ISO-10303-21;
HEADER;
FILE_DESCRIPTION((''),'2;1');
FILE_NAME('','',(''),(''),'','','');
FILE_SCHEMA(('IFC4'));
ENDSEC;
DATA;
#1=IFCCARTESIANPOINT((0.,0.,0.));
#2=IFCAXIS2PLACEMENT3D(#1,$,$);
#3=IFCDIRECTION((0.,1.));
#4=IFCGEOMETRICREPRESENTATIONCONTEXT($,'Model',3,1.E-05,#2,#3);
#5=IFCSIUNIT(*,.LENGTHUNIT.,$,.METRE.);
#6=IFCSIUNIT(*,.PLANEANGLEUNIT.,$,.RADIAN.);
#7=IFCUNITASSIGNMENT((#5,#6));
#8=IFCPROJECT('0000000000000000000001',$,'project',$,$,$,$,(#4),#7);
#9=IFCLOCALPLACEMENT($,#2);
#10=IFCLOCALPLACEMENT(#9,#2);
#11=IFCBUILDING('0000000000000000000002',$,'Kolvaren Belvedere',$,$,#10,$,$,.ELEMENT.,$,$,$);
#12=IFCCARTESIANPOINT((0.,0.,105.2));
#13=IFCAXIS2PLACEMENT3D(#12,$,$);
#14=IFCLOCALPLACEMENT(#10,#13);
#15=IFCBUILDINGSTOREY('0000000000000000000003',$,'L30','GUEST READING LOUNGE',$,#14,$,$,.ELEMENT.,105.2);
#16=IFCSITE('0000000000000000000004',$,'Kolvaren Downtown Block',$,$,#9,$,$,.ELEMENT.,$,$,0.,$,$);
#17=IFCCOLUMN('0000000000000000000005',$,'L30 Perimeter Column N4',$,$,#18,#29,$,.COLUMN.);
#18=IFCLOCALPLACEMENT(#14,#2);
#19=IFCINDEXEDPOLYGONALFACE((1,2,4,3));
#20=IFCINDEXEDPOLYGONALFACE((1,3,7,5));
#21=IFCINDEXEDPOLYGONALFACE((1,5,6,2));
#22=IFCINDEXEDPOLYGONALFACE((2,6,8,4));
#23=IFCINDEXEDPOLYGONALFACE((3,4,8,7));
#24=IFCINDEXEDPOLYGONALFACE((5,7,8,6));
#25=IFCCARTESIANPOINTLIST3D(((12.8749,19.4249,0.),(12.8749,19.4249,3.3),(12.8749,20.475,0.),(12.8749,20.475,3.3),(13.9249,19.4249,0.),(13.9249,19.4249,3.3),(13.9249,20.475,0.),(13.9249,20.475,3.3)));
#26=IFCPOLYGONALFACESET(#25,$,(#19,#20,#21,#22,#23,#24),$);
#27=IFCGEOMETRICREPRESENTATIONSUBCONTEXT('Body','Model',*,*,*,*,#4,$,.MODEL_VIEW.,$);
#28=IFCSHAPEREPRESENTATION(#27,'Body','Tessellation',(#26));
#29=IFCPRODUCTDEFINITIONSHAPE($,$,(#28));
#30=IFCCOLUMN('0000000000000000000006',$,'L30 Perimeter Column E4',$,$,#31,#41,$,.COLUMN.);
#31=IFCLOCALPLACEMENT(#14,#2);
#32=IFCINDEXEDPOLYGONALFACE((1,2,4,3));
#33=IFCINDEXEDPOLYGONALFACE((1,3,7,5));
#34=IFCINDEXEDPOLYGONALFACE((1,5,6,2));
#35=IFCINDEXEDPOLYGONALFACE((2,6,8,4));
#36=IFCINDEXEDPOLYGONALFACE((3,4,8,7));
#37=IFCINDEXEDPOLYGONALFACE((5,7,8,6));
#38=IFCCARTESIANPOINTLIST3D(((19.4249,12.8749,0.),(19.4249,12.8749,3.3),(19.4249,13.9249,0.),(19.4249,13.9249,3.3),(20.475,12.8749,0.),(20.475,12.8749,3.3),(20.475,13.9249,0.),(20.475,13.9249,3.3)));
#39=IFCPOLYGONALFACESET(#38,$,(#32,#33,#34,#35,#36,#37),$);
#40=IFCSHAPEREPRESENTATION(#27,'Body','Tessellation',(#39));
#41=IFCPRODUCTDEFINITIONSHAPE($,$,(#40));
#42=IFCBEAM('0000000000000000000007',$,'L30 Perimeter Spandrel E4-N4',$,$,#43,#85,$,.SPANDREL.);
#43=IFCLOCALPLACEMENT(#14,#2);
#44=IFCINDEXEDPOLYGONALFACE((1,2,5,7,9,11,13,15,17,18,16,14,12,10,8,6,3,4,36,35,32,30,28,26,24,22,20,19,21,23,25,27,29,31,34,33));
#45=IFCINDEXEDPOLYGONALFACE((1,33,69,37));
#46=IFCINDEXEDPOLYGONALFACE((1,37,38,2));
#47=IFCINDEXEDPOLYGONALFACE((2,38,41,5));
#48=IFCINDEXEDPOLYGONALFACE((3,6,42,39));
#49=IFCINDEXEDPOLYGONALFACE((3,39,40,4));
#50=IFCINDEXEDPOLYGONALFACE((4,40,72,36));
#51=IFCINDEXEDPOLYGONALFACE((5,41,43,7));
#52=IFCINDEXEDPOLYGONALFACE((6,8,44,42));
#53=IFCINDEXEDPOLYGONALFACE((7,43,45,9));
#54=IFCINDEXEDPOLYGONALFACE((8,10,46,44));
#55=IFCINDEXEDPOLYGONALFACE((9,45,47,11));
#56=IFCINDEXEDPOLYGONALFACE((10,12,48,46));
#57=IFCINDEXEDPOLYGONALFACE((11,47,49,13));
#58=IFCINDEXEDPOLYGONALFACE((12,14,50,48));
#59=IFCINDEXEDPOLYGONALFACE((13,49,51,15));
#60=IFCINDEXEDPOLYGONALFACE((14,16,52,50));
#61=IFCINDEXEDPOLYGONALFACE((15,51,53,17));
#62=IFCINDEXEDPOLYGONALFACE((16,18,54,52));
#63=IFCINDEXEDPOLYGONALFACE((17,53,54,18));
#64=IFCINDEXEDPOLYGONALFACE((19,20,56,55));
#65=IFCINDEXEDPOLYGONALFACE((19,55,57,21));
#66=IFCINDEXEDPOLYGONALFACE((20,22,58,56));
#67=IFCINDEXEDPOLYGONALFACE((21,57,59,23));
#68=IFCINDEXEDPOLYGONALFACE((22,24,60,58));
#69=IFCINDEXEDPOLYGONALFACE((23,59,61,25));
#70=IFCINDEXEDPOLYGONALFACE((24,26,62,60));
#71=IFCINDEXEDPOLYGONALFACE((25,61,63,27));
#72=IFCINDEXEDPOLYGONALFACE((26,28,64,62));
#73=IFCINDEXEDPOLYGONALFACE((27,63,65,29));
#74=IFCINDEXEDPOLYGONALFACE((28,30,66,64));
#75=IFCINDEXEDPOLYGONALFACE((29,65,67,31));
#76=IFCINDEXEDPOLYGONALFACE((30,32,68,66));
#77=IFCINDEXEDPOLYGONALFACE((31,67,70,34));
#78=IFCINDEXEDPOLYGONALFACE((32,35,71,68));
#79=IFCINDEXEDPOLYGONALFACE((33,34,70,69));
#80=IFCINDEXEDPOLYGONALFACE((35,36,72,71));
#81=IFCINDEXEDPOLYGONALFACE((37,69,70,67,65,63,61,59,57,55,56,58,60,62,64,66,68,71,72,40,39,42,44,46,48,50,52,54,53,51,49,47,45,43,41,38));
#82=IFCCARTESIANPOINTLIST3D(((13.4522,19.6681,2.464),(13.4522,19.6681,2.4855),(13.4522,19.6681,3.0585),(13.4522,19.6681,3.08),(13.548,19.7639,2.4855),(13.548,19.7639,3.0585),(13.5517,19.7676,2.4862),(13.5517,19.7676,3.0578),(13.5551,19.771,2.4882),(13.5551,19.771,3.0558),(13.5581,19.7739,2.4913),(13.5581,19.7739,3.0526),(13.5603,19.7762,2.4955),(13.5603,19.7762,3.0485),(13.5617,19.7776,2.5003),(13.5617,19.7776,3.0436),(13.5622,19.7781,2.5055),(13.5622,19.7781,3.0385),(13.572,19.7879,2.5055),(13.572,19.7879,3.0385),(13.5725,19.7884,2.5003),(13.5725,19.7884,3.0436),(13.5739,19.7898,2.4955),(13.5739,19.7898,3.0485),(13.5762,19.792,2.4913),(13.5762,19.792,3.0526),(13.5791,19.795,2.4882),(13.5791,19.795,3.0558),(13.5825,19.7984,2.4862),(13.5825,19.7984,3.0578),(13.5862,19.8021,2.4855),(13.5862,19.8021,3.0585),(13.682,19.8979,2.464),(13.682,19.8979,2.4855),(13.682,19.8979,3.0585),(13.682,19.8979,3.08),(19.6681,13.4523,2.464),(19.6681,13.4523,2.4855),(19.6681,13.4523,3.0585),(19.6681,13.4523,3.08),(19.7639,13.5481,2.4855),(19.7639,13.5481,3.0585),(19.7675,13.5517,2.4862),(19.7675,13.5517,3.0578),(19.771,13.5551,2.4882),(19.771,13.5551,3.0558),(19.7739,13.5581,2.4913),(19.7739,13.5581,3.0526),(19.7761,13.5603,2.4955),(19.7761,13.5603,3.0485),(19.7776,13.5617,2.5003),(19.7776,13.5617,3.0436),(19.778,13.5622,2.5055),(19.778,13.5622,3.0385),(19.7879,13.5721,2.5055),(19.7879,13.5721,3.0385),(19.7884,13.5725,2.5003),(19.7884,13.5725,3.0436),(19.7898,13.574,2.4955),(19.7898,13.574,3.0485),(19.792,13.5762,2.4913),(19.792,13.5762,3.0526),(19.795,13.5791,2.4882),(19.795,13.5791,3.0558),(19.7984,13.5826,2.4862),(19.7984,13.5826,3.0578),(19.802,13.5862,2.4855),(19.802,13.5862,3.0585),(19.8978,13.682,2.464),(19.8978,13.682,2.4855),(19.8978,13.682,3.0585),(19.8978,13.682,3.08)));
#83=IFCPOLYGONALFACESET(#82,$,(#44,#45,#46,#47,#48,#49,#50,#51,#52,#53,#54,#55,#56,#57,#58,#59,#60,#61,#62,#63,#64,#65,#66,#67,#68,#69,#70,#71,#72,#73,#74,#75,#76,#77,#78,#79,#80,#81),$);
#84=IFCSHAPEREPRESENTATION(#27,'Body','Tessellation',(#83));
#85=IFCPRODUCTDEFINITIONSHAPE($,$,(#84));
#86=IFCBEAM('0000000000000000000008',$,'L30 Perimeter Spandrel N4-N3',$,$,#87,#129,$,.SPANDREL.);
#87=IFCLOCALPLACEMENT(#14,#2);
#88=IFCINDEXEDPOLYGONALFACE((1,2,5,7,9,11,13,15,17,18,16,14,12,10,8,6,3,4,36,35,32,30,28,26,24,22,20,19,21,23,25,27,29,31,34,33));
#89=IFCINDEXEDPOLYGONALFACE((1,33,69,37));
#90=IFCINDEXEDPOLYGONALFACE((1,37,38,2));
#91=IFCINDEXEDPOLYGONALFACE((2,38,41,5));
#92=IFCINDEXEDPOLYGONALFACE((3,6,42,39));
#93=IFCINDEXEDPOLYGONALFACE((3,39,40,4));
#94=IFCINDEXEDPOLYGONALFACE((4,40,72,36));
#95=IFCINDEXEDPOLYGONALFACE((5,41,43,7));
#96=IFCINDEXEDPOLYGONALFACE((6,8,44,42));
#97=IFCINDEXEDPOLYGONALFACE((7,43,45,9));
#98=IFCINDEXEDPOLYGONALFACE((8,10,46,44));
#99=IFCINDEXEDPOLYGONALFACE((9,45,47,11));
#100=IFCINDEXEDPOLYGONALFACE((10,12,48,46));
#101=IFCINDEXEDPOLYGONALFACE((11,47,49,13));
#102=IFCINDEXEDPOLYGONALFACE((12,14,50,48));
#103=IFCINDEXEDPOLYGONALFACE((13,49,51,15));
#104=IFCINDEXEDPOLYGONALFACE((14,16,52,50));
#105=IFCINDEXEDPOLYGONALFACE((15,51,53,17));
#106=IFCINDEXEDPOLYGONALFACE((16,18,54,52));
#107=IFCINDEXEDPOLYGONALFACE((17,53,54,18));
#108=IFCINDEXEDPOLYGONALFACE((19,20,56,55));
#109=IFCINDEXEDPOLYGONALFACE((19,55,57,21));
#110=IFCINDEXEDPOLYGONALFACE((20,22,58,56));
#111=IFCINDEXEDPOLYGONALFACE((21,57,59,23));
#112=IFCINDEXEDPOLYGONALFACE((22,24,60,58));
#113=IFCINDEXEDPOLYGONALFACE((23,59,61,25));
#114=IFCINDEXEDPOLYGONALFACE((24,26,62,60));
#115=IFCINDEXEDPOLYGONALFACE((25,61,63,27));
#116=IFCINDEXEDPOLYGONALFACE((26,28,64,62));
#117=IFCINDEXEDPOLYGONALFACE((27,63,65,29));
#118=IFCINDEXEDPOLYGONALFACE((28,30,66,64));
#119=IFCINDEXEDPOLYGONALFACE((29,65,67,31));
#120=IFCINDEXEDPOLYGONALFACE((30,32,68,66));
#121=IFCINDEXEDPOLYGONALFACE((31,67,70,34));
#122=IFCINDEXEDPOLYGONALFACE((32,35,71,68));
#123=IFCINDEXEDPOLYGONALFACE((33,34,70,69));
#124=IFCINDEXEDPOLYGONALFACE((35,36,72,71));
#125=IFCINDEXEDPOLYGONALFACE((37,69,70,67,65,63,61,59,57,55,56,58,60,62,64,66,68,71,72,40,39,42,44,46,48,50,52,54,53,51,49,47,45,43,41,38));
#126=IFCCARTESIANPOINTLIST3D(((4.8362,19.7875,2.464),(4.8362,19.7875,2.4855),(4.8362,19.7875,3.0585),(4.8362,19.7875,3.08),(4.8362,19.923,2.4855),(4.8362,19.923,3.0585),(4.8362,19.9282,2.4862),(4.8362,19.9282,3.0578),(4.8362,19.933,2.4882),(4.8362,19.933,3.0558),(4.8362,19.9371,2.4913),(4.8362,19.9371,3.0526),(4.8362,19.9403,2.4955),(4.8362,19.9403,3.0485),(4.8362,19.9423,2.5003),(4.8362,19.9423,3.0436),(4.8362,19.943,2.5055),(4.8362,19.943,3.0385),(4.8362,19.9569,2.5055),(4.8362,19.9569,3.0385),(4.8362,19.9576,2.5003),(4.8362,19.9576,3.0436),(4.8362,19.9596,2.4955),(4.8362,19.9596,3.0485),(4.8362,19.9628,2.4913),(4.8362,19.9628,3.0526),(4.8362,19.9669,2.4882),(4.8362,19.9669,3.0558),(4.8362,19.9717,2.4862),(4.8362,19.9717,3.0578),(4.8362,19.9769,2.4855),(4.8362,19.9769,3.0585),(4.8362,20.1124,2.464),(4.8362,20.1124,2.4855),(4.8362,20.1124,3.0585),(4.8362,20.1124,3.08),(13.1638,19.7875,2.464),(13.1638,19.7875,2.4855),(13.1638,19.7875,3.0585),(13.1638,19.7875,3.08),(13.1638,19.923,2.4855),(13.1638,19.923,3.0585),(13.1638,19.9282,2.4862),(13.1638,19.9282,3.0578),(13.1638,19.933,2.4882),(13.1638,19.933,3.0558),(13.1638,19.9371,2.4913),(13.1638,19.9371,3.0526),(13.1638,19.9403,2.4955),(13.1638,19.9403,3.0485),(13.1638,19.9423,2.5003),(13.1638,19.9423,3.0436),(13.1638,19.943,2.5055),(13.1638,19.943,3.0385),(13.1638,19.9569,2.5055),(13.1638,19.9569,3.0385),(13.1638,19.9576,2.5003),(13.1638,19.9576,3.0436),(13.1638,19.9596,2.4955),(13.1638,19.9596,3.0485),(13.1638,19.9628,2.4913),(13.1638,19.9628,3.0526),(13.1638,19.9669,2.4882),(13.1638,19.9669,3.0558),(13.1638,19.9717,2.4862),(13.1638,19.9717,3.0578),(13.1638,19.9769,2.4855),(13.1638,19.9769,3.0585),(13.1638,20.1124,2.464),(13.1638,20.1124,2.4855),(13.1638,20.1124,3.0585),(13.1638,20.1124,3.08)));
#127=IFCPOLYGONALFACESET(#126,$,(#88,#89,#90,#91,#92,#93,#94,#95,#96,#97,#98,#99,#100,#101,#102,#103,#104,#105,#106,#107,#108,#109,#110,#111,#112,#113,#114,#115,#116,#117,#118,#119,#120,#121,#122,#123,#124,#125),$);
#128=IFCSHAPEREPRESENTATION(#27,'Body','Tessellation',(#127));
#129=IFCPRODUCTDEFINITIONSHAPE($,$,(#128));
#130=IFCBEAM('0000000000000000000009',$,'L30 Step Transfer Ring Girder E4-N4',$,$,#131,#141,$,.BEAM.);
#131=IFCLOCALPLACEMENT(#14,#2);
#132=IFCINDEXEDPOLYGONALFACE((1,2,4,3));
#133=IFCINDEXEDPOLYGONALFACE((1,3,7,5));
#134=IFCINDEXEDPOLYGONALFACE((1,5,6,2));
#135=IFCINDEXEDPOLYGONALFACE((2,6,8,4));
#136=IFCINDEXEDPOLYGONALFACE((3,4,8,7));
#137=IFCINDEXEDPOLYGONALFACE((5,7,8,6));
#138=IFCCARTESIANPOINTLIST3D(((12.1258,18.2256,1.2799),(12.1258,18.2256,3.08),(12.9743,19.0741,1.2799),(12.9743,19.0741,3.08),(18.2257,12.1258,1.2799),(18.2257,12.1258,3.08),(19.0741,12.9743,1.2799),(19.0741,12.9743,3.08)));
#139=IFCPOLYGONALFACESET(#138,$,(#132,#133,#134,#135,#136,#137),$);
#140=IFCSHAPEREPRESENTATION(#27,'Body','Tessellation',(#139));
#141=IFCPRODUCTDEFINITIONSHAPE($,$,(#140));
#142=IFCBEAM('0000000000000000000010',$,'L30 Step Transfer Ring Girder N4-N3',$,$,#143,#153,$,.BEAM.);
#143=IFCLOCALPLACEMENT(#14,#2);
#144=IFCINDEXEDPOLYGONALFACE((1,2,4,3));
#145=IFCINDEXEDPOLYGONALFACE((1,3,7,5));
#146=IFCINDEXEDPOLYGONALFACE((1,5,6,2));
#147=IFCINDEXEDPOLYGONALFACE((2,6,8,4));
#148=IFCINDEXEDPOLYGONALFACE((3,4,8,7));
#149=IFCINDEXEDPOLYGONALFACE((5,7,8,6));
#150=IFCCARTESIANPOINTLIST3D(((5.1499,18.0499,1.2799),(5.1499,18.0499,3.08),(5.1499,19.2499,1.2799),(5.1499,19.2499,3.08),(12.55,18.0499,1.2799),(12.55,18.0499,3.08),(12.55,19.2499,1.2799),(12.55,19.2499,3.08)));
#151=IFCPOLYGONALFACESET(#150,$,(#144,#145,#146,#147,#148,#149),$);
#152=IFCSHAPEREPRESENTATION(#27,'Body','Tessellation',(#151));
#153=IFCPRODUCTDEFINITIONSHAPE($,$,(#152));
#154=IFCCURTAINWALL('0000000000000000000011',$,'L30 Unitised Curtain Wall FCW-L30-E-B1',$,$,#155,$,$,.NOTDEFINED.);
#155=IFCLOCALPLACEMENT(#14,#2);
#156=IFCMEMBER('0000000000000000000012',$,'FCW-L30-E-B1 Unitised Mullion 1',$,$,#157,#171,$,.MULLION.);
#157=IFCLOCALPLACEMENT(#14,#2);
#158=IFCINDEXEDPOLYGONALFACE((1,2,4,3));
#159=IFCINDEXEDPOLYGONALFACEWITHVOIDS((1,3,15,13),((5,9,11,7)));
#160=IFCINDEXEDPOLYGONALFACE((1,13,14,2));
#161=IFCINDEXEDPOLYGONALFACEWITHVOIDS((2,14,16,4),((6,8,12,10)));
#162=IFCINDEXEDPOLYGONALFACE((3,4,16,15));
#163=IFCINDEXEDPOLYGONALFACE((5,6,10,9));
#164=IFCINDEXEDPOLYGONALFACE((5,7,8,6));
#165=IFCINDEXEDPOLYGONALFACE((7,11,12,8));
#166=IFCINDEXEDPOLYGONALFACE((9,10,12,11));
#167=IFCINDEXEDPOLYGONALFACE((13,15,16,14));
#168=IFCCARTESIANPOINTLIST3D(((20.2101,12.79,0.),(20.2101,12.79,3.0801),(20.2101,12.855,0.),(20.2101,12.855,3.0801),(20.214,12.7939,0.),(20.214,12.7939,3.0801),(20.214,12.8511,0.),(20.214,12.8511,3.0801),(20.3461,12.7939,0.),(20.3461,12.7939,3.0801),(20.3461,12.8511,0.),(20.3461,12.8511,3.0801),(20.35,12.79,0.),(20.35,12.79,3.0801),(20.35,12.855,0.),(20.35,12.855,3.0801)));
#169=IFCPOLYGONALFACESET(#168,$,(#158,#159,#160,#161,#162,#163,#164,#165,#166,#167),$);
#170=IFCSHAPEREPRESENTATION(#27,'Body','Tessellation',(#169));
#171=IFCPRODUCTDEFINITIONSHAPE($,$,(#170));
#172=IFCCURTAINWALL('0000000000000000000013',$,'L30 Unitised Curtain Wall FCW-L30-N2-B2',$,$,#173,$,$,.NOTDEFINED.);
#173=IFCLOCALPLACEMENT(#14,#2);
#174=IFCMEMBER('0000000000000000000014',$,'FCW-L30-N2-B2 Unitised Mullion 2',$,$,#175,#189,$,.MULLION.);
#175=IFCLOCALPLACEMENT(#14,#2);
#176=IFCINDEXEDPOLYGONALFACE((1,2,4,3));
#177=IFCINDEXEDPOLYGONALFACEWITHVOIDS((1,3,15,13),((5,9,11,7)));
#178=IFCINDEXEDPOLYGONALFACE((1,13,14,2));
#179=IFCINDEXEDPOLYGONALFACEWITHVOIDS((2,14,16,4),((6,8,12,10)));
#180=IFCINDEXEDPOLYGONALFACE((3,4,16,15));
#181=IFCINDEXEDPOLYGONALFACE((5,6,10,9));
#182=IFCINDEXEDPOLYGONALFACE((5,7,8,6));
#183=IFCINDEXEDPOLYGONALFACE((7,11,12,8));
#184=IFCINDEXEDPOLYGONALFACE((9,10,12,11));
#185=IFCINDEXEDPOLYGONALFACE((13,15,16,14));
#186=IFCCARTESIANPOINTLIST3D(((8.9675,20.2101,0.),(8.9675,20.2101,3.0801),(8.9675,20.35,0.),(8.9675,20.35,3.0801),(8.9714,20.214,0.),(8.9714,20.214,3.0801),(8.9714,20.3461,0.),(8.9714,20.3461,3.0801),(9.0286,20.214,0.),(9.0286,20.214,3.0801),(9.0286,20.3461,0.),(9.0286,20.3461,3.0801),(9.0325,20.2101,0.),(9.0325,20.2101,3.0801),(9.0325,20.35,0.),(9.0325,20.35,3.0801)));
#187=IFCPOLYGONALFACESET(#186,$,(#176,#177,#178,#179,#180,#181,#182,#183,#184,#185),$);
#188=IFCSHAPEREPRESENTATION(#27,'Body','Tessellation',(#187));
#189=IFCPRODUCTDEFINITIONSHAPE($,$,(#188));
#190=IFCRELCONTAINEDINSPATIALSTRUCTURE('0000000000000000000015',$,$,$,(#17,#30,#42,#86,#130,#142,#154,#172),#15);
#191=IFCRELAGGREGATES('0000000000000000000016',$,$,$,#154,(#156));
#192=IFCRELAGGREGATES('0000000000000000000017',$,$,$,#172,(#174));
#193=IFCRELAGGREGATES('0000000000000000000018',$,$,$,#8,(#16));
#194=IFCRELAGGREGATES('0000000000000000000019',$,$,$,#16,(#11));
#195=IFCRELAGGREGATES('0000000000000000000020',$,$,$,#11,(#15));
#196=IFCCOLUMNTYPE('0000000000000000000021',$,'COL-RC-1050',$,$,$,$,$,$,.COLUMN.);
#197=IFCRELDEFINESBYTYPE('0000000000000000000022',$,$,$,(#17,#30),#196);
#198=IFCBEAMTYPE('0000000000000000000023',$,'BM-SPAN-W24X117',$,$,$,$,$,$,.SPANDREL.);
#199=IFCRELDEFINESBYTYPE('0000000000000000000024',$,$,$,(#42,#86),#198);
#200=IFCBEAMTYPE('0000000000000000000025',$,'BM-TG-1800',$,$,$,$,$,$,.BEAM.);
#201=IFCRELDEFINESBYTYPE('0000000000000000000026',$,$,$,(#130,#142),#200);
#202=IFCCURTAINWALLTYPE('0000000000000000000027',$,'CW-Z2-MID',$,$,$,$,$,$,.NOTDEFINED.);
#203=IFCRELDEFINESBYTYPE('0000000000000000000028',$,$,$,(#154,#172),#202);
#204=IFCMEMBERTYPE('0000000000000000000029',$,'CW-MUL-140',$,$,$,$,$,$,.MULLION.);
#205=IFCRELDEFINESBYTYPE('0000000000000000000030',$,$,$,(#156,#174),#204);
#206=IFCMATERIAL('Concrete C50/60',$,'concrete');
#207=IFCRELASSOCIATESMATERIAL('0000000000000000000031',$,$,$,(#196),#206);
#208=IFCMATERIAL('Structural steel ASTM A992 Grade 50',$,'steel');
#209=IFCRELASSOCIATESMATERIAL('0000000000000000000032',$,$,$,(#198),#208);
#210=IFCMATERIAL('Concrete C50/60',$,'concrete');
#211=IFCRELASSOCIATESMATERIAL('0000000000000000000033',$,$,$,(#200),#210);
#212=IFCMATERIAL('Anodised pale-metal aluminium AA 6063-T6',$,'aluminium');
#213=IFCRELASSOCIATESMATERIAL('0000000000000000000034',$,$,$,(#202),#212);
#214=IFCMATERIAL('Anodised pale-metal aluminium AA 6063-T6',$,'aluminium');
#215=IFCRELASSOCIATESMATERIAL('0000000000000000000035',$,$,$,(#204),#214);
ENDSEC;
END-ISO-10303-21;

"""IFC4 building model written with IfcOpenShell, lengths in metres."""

from ifc_helpers import new_model, si_unit, direction, frame, origin, origin_2d, place, context, subcontext, project, spatial, rectangle, hollow_rectangle, i_section, extrude, material, material_profile, profile_set, type_object, element, aggregate, save


model = new_model("IFC4")

# Units and contexts
model_context = context("Model", 3, precision=1e-05, world=origin(), true_north=direction((0.0, 1.0)))
body_context = subcontext(model_context, "Body", "Model", "MODEL_VIEW")
ifc_project = project(units=[si_unit("LENGTHUNIT", "METRE"), si_unit("PLANEANGLEUNIT", "RADIAN")], contexts=[model_context])

# Site, building, storey
site_placement = place(None, origin())
site = spatial("IfcSite", under=ifc_project, at=site_placement, Name="Kolvaren Downtown Block", CompositionType="ELEMENT", RefElevation=0.0)
building_placement = place(site_placement, origin())
building = spatial("IfcBuilding", under=site, at=building_placement, Name="Kolvaren Belvedere", CompositionType="ELEMENT")
storey_placement = place(building_placement, frame((0.0, 0.0, 105.2)))
storey = spatial("IfcBuildingStorey", under=building, at=storey_placement, Name="L30", Description="GUEST READING LOUNGE", CompositionType="ELEMENT", Elevation=105.2)

# Columns
ifc_material_1 = material(Name="Concrete C50/60", Category="concrete")
ifc_material_profile_1 = material_profile(ifc_material_1, rectangle(XDim=1.05, YDim=1.05, at=origin_2d()), Name="RC 1050X1050")
ifc_profile_set_1 = profile_set([ifc_material_profile_1], Name="Concrete C50/60")
column_type = type_object("IfcColumnType", Name="COL-RC-1050", PredefinedType="COLUMN", material=ifc_profile_set_1)
for number, where, z_axis, x_axis, name in (
    (1, (13.3999, 19.95, 0.0), (0.0, 0.0, 1.0), (1.0, 0.0, 0.0), "L30 Perimeter Column N4"),
    (2, (19.95, 13.3999, 0.0), (0.0, 0.0, 1.0), (1.0, 0.0, 0.0), "L30 Perimeter Column E4"),
):
    element("IfcColumn", number, at=place(storey_placement, frame(where, z_axis=z_axis, x_axis=x_axis)), inside=storey, type_object=column_type, Name=name, PredefinedType="COLUMN", context=body_context, shape_type="SweptSolid", body=[
        extrude(rectangle(XDim=1.05, YDim=1.05, at=origin_2d()), origin(), (0.0, 0.0, 1.0), 3.3),
    ])

# Beams
ifc_material_2 = material(Name="Structural steel ASTM A992 Grade 50", Category="steel")
ifc_material_profile_2 = material_profile(ifc_material_2, i_section(OverallWidth=0.325, OverallDepth=0.616, WebThickness=0.0139, FlangeThickness=0.0215, FilletRadius=0.02, at=origin_2d()), Name="W24X117")
ifc_profile_set_2 = profile_set([ifc_material_profile_2], Name="Structural steel ASTM A992 Grade 50")
beam_type_1 = type_object("IfcBeamType", Name="BM-SPAN-W24X117", PredefinedType="SPANDREL", material=ifc_profile_set_2)
beam_1_placement = place(storey_placement, frame((19.783, 13.5671, 2.772), z_axis=(-0.707107, 0.707107, 0.0), x_axis=(-0.707107, -0.707107, 0.0)))
element("IfcBeam", 3, at=beam_1_placement, inside=storey, type_object=beam_type_1, Name="L30 Perimeter Spandrel E4-N4", PredefinedType="SPANDREL", context=body_context, shape_type="SweptSolid", body=[
    extrude(i_section(OverallWidth=0.325, OverallDepth=0.616, WebThickness=0.0139, FlangeThickness=0.0215, FilletRadius=0.02, at=origin_2d()), origin(), (0.0, 0.0, 1.0), 8.7905),
])
beam_2_placement = place(storey_placement, frame((13.1638, 19.95, 2.772), z_axis=(-1.0, 0.0, 0.0), x_axis=(0.0, -1.0, 0.0)))
element("IfcBeam", 4, at=beam_2_placement, inside=storey, type_object=beam_type_1, Name="L30 Perimeter Spandrel N4-N3", PredefinedType="SPANDREL", context=body_context, shape_type="SweptSolid", body=[
    extrude(i_section(OverallWidth=0.325, OverallDepth=0.616, WebThickness=0.0139, FlangeThickness=0.0215, FilletRadius=0.02, at=origin_2d()), origin(), (0.0, 0.0, 1.0), 8.3276),
])
ifc_material_3 = material(Name="Concrete C50/60", Category="concrete")
ifc_material_profile_3 = material_profile(ifc_material_3, rectangle(XDim=1.2, YDim=1.8, at=origin_2d()), Name="RC 1200X1800")
ifc_profile_set_3 = profile_set([ifc_material_profile_3], Name="Concrete C50/60")
beam_type_2 = type_object("IfcBeamType", Name="BM-TG-1800", PredefinedType="BEAM", material=ifc_profile_set_3)
beam_3_placement = place(storey_placement, frame((18.6499, 12.55, 2.1799), z_axis=(-0.707107, 0.707107, 0.0), x_axis=(-0.707107, -0.707107, 0.0)))
element("IfcBeam", 5, at=beam_3_placement, inside=storey, type_object=beam_type_2, Name="L30 Step Transfer Ring Girder E4-N4", PredefinedType="BEAM", context=body_context, shape_type="SweptSolid", body=[
    extrude(rectangle(XDim=1.2, YDim=1.8, at=origin_2d()), origin(), (0.0, 0.0, 1.0), 8.6265),
])
beam_4_placement = place(storey_placement, frame((12.55, 18.6499, 2.1799), z_axis=(-1.0, 0.0, 0.0), x_axis=(0.0, -1.0, 0.0)))
element("IfcBeam", 6, at=beam_4_placement, inside=storey, type_object=beam_type_2, Name="L30 Step Transfer Ring Girder N4-N3", PredefinedType="BEAM", context=body_context, shape_type="SweptSolid", body=[
    extrude(rectangle(XDim=1.2, YDim=1.8, at=origin_2d()), origin(), (0.0, 0.0, 1.0), 7.4001),
])

# Curtain wall, member
ifc_material_4 = material(Name="Anodised pale-metal aluminium AA 6063-T6", Category="aluminium")
curtain_wall_type = type_object("IfcCurtainWallType", Name="CW-Z2-MID", PredefinedType="NOTDEFINED", material=ifc_material_4)
curtain_wall_1_placement = place(storey_placement, origin())
curtain_wall_1 = element("IfcCurtainWall", 7, at=curtain_wall_1_placement, inside=storey, type_object=curtain_wall_type, Name="L30 Unitised Curtain Wall FCW-L30-E-B1", PredefinedType="NOTDEFINED")
ifc_material_5 = material(Name="Anodised pale-metal aluminium AA 6063-T6", Category="aluminium")
ifc_material_profile_4 = material_profile(ifc_material_5, hollow_rectangle(XDim=0.0649, YDim=0.1399, WallThickness=0.0039, at=origin_2d()), Name="ALU-MUL-140X65")
ifc_profile_set_4 = profile_set([ifc_material_profile_4], Name="Anodised pale-metal aluminium AA 6063-T6")
member_type_1 = type_object("IfcMemberType", Name="CW-MUL-140", PredefinedType="MULLION", material=ifc_profile_set_4)
member_1_placement = place(storey_placement, frame((20.28, 12.8225, 0.0), z_axis=(0.0, 0.0, 1.0), x_axis=(0.0, 1.0, 0.0)))
member_1 = element("IfcMember", 8, at=member_1_placement, type_object=member_type_1, Name="FCW-L30-E-B1 Unitised Mullion 1", PredefinedType="MULLION", context=body_context, shape_type="SweptSolid", body=[
    extrude(hollow_rectangle(XDim=0.0649, YDim=0.1399, WallThickness=0.0039, at=origin_2d()), origin(), (0.0, 0.0, 1.0), 3.0801),
])

# Curtain wall, member
curtain_wall_2_placement = place(storey_placement, origin())
curtain_wall_2 = element("IfcCurtainWall", 9, at=curtain_wall_2_placement, inside=storey, type_object=curtain_wall_type, Name="L30 Unitised Curtain Wall FCW-L30-N2-B2", PredefinedType="NOTDEFINED")
member_2_placement = place(storey_placement, frame((9.0, 20.28, 0.0), z_axis=(0.0, 0.0, 1.0), x_axis=(1.0, 0.0, 0.0)))
member_2 = element("IfcMember", 10, at=member_2_placement, type_object=member_type_1, Name="FCW-L30-N2-B2 Unitised Mullion 2", PredefinedType="MULLION", context=body_context, shape_type="SweptSolid", body=[
    extrude(hollow_rectangle(XDim=0.0649, YDim=0.1399, WallThickness=0.0039, at=origin_2d()), origin(), (0.0, 0.0, 1.0), 3.0801),
])

aggregate(curtain_wall_1, [member_1])

aggregate(curtain_wall_2, [member_2])

save(model, "model.ifc")
